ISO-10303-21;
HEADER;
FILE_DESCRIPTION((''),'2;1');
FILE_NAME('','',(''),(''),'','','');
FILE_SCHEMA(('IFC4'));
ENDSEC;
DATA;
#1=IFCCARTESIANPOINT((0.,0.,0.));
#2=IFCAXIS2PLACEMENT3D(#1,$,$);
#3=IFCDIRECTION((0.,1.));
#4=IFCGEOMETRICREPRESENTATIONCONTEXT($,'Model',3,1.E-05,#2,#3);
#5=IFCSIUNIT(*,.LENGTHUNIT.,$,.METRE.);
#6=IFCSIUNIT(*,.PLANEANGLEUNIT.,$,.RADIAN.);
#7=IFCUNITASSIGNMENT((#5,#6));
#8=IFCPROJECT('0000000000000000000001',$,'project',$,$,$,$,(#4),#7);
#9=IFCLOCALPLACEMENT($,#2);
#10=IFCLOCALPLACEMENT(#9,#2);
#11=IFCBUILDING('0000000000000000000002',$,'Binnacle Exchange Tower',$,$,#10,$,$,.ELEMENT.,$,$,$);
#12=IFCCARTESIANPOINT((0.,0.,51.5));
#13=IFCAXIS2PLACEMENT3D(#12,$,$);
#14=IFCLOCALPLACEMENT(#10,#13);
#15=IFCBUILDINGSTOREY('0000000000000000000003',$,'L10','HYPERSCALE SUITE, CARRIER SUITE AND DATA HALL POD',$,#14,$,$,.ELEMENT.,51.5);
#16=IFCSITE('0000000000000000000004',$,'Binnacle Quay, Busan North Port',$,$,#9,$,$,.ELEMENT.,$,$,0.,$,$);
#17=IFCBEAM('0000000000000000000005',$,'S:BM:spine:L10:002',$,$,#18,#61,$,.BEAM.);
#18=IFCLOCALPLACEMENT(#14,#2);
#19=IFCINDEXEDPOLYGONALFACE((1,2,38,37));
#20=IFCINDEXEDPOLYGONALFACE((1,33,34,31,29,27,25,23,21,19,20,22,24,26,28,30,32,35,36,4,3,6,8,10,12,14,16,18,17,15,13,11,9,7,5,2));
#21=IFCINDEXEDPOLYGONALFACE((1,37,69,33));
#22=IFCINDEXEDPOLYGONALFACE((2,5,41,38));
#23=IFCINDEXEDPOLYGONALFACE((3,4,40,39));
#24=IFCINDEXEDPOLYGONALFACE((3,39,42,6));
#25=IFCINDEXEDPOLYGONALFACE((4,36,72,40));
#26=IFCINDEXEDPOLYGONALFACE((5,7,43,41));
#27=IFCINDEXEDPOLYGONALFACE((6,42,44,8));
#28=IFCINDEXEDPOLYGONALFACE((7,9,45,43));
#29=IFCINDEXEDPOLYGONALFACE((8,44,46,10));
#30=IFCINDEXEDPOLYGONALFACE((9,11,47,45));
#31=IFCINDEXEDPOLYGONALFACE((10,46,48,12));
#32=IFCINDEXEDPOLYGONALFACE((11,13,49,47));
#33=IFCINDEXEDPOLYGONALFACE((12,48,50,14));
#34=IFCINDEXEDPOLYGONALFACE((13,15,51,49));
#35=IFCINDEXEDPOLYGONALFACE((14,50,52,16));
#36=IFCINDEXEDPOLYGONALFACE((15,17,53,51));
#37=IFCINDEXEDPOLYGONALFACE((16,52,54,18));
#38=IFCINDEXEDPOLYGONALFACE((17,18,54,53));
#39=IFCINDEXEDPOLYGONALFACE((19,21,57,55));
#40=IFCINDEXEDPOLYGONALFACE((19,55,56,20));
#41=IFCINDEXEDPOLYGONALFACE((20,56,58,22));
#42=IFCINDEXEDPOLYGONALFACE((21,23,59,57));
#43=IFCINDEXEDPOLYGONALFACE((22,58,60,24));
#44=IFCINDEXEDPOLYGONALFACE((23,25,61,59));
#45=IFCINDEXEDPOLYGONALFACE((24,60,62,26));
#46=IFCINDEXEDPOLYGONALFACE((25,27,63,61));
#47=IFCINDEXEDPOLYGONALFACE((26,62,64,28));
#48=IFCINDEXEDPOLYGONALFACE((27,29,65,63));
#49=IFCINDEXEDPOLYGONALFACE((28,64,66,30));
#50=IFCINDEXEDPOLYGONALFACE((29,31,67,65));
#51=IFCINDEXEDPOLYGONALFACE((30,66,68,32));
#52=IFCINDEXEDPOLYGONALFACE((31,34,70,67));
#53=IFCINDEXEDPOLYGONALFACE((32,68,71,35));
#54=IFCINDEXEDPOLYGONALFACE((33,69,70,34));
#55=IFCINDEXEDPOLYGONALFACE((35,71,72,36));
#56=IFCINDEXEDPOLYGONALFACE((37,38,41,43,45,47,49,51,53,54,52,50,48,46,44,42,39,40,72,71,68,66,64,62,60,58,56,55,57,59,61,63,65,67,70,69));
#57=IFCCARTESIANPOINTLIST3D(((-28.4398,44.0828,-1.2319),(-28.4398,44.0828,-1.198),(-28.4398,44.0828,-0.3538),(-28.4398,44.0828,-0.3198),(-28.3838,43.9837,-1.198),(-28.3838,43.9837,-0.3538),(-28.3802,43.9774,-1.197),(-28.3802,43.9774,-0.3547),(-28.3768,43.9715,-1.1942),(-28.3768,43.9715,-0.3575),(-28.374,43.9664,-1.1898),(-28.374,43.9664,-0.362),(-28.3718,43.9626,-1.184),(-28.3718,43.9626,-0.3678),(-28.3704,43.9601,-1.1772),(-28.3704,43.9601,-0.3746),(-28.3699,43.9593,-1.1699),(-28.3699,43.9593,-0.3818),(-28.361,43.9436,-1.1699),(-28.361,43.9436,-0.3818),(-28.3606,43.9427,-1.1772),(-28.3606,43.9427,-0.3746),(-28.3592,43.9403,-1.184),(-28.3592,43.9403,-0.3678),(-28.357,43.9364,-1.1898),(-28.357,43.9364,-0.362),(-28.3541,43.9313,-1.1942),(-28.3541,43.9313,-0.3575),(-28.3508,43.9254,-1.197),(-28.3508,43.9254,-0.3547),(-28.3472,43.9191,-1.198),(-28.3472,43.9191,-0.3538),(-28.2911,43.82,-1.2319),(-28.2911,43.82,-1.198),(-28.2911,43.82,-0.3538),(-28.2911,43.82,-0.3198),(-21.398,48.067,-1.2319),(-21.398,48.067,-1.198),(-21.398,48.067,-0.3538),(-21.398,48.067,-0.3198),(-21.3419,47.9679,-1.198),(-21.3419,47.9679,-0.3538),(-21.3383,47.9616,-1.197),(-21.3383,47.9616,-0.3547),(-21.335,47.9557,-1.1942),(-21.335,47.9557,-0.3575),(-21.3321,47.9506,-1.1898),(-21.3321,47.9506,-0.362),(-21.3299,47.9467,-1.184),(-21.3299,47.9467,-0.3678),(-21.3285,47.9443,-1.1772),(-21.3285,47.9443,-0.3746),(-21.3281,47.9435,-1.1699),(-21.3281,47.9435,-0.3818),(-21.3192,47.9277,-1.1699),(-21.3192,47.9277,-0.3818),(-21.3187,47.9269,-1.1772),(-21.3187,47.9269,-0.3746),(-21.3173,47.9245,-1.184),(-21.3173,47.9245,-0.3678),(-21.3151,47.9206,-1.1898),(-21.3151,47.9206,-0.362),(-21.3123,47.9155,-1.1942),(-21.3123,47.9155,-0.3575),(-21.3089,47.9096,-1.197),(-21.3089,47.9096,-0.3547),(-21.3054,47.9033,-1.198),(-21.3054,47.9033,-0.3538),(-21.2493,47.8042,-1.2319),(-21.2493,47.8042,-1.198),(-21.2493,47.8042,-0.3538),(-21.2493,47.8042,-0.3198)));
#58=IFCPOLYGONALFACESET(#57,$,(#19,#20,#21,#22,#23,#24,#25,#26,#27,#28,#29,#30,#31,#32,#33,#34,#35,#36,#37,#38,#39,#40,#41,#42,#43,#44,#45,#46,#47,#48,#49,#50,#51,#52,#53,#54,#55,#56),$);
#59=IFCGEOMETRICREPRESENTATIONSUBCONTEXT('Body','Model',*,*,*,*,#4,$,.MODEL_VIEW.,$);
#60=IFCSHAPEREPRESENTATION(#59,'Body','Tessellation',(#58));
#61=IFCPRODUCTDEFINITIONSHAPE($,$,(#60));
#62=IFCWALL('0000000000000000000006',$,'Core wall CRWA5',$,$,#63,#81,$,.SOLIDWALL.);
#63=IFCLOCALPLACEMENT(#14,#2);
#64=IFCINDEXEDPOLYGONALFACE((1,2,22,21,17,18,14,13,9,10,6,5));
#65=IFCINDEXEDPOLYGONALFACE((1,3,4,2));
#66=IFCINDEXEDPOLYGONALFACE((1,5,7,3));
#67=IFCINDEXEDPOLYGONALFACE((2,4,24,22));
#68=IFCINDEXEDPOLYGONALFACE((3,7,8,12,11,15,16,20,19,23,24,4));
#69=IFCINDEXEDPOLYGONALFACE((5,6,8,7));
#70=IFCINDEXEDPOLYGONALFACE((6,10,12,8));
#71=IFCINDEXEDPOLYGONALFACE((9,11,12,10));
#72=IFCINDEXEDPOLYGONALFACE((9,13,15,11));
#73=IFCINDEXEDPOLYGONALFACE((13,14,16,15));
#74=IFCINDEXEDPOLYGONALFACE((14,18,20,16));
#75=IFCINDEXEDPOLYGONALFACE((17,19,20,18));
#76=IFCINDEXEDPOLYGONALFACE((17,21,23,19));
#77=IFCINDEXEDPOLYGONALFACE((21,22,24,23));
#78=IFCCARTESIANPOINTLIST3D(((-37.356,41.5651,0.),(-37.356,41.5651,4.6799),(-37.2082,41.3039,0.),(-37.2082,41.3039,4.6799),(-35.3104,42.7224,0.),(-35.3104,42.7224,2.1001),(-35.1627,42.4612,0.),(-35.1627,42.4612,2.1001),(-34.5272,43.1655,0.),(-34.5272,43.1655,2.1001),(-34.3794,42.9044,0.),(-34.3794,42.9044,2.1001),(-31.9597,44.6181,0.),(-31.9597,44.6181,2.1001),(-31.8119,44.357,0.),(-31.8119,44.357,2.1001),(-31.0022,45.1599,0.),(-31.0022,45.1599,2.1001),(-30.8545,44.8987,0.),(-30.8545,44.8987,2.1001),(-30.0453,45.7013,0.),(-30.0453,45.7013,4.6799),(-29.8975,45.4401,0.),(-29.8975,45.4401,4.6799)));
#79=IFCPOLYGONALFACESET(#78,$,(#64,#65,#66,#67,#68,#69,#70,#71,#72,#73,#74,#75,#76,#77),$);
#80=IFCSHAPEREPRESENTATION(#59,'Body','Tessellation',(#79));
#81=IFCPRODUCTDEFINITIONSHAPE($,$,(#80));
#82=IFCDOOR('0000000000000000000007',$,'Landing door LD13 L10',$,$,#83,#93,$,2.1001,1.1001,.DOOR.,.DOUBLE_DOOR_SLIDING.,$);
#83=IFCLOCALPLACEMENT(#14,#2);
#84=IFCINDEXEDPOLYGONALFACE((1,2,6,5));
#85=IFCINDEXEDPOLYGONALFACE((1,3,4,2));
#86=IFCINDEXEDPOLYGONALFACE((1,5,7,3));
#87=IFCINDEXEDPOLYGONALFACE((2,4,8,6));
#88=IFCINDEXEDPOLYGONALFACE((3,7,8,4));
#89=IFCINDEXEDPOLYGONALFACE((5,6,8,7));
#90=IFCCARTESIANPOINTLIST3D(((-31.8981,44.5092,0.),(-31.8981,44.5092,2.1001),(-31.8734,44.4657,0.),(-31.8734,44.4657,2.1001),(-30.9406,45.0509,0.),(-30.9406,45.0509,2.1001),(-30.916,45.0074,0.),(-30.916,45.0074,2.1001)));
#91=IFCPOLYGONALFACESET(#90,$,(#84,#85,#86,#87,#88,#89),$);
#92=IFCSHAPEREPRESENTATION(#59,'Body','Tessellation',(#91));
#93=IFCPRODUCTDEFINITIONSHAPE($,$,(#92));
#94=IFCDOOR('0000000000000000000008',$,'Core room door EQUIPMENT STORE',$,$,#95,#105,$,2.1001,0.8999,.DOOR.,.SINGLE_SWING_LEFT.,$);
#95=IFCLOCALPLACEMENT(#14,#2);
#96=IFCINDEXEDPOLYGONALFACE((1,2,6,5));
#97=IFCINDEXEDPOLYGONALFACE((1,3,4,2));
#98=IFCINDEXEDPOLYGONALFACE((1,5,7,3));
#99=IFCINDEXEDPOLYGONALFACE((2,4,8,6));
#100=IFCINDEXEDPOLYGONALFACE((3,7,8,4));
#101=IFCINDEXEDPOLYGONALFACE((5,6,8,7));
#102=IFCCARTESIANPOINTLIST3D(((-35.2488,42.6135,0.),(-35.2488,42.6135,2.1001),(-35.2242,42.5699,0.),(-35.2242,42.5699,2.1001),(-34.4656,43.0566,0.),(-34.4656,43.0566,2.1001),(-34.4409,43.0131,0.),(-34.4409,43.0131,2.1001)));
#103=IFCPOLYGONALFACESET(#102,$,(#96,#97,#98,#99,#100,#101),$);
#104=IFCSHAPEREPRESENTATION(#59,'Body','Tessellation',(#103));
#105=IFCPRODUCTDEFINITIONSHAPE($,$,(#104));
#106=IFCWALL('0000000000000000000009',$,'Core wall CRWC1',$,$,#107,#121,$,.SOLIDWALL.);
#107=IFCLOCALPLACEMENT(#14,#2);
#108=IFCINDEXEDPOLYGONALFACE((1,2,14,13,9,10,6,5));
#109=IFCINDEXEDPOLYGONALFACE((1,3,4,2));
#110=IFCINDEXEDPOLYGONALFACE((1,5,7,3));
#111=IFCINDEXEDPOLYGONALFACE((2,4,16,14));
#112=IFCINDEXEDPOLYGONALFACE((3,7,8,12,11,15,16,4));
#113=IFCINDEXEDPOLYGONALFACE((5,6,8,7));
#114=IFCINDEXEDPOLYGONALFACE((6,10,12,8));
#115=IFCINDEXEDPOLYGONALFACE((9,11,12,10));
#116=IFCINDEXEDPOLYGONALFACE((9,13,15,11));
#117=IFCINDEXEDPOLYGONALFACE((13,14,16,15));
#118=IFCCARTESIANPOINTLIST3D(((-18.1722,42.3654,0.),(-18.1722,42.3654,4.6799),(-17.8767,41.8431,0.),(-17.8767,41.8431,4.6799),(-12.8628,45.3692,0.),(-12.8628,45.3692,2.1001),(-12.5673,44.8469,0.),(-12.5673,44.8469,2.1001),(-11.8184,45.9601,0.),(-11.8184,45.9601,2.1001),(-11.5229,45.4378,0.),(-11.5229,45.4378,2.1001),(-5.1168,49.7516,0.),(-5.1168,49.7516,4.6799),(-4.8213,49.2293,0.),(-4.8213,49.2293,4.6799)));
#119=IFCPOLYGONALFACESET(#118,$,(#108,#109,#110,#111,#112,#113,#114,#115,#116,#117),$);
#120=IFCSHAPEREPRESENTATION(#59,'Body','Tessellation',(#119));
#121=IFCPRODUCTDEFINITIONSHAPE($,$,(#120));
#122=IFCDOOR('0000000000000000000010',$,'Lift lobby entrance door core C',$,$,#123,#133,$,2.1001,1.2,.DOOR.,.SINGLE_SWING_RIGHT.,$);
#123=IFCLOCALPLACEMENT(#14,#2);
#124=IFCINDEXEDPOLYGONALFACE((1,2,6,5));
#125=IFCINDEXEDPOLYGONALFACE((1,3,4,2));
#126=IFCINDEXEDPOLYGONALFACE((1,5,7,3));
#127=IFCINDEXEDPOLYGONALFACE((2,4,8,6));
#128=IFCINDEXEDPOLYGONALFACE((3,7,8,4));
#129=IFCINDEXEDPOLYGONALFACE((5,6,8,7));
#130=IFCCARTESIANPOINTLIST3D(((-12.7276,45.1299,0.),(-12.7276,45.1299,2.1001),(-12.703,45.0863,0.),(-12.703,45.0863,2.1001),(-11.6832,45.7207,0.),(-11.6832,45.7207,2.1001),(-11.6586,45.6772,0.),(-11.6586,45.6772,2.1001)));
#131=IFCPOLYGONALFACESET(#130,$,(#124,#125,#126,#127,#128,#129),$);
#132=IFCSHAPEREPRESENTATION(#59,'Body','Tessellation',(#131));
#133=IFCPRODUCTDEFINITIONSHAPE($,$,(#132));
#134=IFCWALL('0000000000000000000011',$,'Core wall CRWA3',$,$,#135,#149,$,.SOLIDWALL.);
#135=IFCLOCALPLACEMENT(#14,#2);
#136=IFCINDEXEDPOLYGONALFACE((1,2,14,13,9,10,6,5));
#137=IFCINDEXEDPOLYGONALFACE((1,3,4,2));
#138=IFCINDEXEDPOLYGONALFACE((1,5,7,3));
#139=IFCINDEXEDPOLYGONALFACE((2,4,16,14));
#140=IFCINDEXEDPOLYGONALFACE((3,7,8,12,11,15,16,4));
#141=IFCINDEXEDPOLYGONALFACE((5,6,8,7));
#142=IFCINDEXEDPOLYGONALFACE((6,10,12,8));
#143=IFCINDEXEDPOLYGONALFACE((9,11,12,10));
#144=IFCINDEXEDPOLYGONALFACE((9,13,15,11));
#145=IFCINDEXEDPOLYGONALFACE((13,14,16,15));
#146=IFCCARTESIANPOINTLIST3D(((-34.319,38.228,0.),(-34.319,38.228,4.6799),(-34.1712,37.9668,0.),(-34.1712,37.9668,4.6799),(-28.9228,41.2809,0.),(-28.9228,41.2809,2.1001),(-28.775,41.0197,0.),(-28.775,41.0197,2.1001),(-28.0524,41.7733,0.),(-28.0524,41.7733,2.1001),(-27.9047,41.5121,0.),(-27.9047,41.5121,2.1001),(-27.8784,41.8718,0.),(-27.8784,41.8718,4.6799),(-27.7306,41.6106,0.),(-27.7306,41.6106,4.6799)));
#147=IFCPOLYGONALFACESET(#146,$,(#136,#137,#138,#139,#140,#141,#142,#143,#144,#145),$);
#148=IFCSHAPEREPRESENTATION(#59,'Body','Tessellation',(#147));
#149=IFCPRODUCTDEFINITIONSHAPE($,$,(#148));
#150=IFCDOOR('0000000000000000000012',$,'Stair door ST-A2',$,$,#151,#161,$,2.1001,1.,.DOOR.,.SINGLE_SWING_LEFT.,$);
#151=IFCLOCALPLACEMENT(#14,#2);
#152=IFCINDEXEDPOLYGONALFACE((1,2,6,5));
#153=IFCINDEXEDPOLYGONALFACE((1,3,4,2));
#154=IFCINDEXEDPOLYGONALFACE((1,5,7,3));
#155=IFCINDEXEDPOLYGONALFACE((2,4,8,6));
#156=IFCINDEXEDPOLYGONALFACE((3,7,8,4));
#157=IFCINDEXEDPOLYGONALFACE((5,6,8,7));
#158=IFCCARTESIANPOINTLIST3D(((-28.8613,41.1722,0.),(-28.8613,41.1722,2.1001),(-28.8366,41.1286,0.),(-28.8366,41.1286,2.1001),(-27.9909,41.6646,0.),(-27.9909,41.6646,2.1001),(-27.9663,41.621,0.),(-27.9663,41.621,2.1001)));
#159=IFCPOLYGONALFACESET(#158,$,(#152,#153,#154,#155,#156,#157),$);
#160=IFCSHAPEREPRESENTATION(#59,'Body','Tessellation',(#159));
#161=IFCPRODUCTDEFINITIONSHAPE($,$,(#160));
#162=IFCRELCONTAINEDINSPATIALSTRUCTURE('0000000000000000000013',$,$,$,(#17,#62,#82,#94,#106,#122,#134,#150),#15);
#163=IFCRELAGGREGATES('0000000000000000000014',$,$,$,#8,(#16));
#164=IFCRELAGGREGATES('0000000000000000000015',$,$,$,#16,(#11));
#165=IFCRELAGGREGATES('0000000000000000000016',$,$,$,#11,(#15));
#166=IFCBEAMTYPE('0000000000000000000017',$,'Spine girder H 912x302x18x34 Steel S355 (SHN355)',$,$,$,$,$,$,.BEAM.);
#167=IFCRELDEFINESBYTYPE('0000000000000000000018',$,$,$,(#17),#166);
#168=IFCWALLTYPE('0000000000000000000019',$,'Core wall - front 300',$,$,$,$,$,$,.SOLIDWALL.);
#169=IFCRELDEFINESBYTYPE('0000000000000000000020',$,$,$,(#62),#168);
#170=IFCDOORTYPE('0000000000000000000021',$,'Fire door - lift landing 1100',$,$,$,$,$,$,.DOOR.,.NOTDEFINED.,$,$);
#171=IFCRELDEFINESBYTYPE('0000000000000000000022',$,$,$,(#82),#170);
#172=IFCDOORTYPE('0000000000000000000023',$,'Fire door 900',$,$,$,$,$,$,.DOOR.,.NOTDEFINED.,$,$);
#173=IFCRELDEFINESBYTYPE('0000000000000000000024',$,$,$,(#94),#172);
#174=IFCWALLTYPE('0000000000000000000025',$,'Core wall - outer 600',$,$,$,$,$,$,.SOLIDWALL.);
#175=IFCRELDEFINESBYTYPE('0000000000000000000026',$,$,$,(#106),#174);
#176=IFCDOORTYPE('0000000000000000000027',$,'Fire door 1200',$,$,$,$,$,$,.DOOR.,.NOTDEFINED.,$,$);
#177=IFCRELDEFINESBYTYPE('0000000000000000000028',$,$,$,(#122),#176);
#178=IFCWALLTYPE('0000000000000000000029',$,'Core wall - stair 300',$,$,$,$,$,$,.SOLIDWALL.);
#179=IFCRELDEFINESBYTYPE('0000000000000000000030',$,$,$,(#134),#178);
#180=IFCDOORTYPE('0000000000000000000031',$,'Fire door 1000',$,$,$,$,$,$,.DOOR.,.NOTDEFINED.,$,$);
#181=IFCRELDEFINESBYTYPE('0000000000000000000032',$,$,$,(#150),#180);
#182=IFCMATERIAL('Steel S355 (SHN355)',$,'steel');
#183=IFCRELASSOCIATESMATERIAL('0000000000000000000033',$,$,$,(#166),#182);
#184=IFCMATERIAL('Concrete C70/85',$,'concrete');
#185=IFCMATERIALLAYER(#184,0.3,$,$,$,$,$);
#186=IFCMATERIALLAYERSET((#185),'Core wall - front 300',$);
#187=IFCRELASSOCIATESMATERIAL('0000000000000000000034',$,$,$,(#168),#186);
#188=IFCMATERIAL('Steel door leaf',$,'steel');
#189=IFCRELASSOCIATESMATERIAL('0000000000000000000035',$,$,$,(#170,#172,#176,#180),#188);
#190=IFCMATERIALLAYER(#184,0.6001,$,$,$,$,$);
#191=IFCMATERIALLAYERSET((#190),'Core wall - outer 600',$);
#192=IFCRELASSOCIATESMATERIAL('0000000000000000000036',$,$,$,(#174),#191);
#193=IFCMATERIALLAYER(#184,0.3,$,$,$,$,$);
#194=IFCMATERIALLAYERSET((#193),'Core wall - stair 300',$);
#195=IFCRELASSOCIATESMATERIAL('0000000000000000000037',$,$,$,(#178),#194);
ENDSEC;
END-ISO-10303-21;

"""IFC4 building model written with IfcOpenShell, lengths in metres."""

from ifc_helpers import new_model, si_unit, direction, frame, frame_2d, origin, origin_2d, place, context, subcontext, project, spatial, rectangle, i_section, extrude, material, layer, layer_set, material_profile, profile_set, type_object, element, fill, save


model = new_model("IFC4")

# Units and contexts
model_context = context("Model", 3, precision=1e-05, world=origin(), true_north=direction((0.0, 1.0)))
body_context = subcontext(model_context, "Body", "Model", "MODEL_VIEW")
ifc_project = project(units=[si_unit("LENGTHUNIT", "METRE"), si_unit("PLANEANGLEUNIT", "RADIAN")], contexts=[model_context])

# Site, building, storey
site_placement = place(None, origin())
site = spatial("IfcSite", under=ifc_project, at=site_placement, Name="Binnacle Quay, Busan North Port", CompositionType="ELEMENT", RefElevation=0.0)
building_placement = place(site_placement, origin())
building = spatial("IfcBuilding", under=site, at=building_placement, Name="Binnacle Exchange Tower", CompositionType="ELEMENT")
storey_placement = place(building_placement, frame((0.0, 0.0, 51.5)))
storey = spatial("IfcBuildingStorey", under=building, at=storey_placement, Name="L10", Description="HYPERSCALE SUITE, CARRIER SUITE AND DATA HALL POD", CompositionType="ELEMENT", Elevation=51.5)

# Shared definitions
ifc_material_1 = material(Name="Concrete C70/85", Category="concrete")

# Beam
ifc_material_2 = material(Name="Steel S355 (SHN355)", Category="steel")
ifc_material_profile_1 = material_profile(ifc_material_2, i_section(OverallWidth=0.302, OverallDepth=0.9121, WebThickness=0.0181, FlangeThickness=0.0339, FilletRadius=0.0281, at=origin_2d()), Name="H 912x302x18x34")
ifc_profile_set_1 = profile_set([ifc_material_profile_1], Name="Steel S355 (SHN355)")
beam_type_1 = type_object("IfcBeamType", Name="Spine girder H 912x302x18x34 Steel S355 (SHN355)", PredefinedType="BEAM", material=ifc_profile_set_1)
beam_1_placement = place(storey_placement, frame((-28.3655, 43.9514, -0.7759), z_axis=(0.87035, 0.492433, 0.0), x_axis=(-0.492433, 0.87035, 0.0)))
element("IfcBeam", 1, at=beam_1_placement, inside=storey, type_object=beam_type_1, Name="S:BM:spine:L10:002", PredefinedType="BEAM", context=body_context, shape_type="SweptSolid", body=[
    extrude(i_section(OverallWidth=0.302, OverallDepth=0.9121, WebThickness=0.0181, FlangeThickness=0.0339, FilletRadius=0.0281, at=origin_2d()), origin(), (0.0, 0.0, 1.0), 8.0908),
])

# Wall, openings, doors
ifc_layer_1 = layer(ifc_material_1, 0.3)
ifc_layer_set_1 = layer_set([ifc_layer_1], Name="Core wall - front 300")
wall_type_1 = type_object("IfcWallType", Name="Core wall - front 300", PredefinedType="SOLIDWALL", material=ifc_layer_set_1)
wall_1_placement = place(storey_placement, frame((-37.282, 41.4346, 0.0), z_axis=(0.0, 0.0, 1.0), x_axis=(0.870357, 0.492422, 0.0)))
wall_1 = element("IfcWall", 2, at=wall_1_placement, inside=storey, type_object=wall_type_1, Name="Core wall CRWA5", PredefinedType="SOLIDWALL", context=body_context, shape_type="SweptSolid", body=[
    extrude(rectangle(XDim=8.3997, YDim=0.3, at=frame_2d((4.1997, 0.0))), origin(), (0.0, 0.0, 1.0), 4.6799),
])
opening_1_placement = place(wall_1_placement, frame((6.2, 0.0, 0.0)))
opening_1 = element("IfcOpeningElement", 3, at=opening_1_placement, cuts=wall_1, PredefinedType="OPENING", context=body_context, shape_type="SweptSolid", body=[
    extrude(rectangle(XDim=1.1001, YDim=2.1001, at=frame_2d((0.55, 1.05))), frame((0.0, 0.1599, 0.0), z_axis=(0.0, -1.0, 0.0), x_axis=(1.0, 0.0, 0.0)), (0.0, 0.0, 1.0), 0.3201),
])
opening_2_placement = place(wall_1_placement, frame((2.3501, 0.0, 0.0)))
opening_2 = element("IfcOpeningElement", 4, at=opening_2_placement, cuts=wall_1, PredefinedType="OPENING", context=body_context, shape_type="SweptSolid", body=[
    extrude(rectangle(XDim=0.8999, YDim=2.1001, at=frame_2d((0.45, 1.05))), frame((0.0, 0.1599, 0.0), z_axis=(0.0, -1.0, 0.0), x_axis=(1.0, 0.0, 0.0)), (0.0, 0.0, 1.0), 0.3201),
])
ifc_material_3 = material(Name="Steel door leaf", Category="steel")
door_type_1 = type_object("IfcDoorType", Name="Fire door - lift landing 1100", OperationType="NOTDEFINED", PredefinedType="DOOR", material=ifc_material_3)
door_1_placement = place(opening_1_placement, origin())
door_1 = element("IfcDoor", 5, at=door_1_placement, inside=storey, type_object=door_type_1, Name="Landing door LD13 L10", OperationType="DOUBLE_DOOR_SLIDING", OverallHeight=2.1001, OverallWidth=1.1001, PredefinedType="DOOR", context=body_context, shape_type="SweptSolid", body=[
    extrude(rectangle(XDim=1.1001, YDim=2.1001, at=frame_2d((0.55, 1.05))), frame((0.0, 0.0249, 0.0), z_axis=(0.0, -1.0, 0.0), x_axis=(1.0, 0.0, 0.0)), (0.0, 0.0, 1.0), 0.05),
])
fill(opening_1, door_1)
door_type_2 = type_object("IfcDoorType", Name="Fire door 900", OperationType="NOTDEFINED", PredefinedType="DOOR", material=ifc_material_3)
door_2_placement = place(opening_2_placement, origin())
door_2 = element("IfcDoor", 6, at=door_2_placement, inside=storey, type_object=door_type_2, Name="Core room door EQUIPMENT STORE", OperationType="SINGLE_SWING_LEFT", OverallHeight=2.1001, OverallWidth=0.8999, PredefinedType="DOOR", context=body_context, shape_type="SweptSolid", body=[
    extrude(rectangle(XDim=0.8999, YDim=2.1001, at=frame_2d((0.45, 1.05))), frame((0.0, 0.0249, 0.0), z_axis=(0.0, -1.0, 0.0), x_axis=(1.0, 0.0, 0.0)), (0.0, 0.0, 1.0), 0.05),
])
fill(opening_2, door_2)

# Walls, openings, doors
ifc_layer_2 = layer(ifc_material_1, 0.6001)
ifc_layer_set_2 = layer_set([ifc_layer_2], Name="Core wall - outer 600")
wall_type_2 = type_object("IfcWallType", Name="Core wall - outer 600", PredefinedType="SOLIDWALL", material=ifc_layer_set_2)
wall_2_placement = place(storey_placement, frame((-18.0244, 42.1042, 0.0), z_axis=(0.0, 0.0, 1.0), x_axis=(0.870361, 0.492415, 0.0)))
wall_2 = element("IfcWall", 7, at=wall_2_placement, inside=storey, type_object=wall_type_2, Name="Core wall CRWC1", PredefinedType="SOLIDWALL", context=body_context, shape_type="SweptSolid", body=[
    extrude(rectangle(XDim=15.0, YDim=0.6001, at=frame_2d((7.5, 0.0))), origin(), (0.0, 0.0, 1.0), 4.6799),
])
opening_3_placement = place(wall_2_placement, frame((6.1001, 0.0, 0.0)))
opening_3 = element("IfcOpeningElement", 8, at=opening_3_placement, cuts=wall_2, PredefinedType="OPENING", context=body_context, shape_type="SweptSolid", body=[
    extrude(rectangle(XDim=1.2, YDim=2.1001, at=frame_2d((0.6001, 1.05))), frame((0.0, 0.3101, 0.0), z_axis=(0.0, -1.0, 0.0), x_axis=(1.0, 0.0, 0.0)), (0.0, 0.0, 1.0), 0.6201),
])
door_type_3 = type_object("IfcDoorType", Name="Fire door 1200", OperationType="NOTDEFINED", PredefinedType="DOOR", material=ifc_material_3)
door_3_placement = place(opening_3_placement, frame((1.2, 0.0, 0.0), z_axis=(0.0, 0.0, 1.0), x_axis=(-1.0, 0.0, 0.0)))
door_3 = element("IfcDoor", 9, at=door_3_placement, inside=storey, type_object=door_type_3, Name="Lift lobby entrance door core C", OperationType="SINGLE_SWING_RIGHT", OverallHeight=2.1001, OverallWidth=1.2, PredefinedType="DOOR", context=body_context, shape_type="SweptSolid", body=[
    extrude(rectangle(XDim=1.2, YDim=2.1001, at=frame_2d((0.6001, 1.05))), frame((0.0, 0.0249, 0.0), z_axis=(0.0, -1.0, 0.0), x_axis=(1.0, 0.0, 0.0)), (0.0, 0.0, 1.0), 0.05),
])
fill(opening_3, door_3)
ifc_layer_3 = layer(ifc_material_1, 0.3)
ifc_layer_set_3 = layer_set([ifc_layer_3], Name="Core wall - stair 300")
wall_type_3 = type_object("IfcWallType", Name="Core wall - stair 300", PredefinedType="SOLIDWALL", material=ifc_layer_set_3)
wall_3_placement = place(storey_placement, frame((-34.2451, 38.0974, 0.0), z_axis=(0.0, 0.0, 1.0), x_axis=(0.870365, 0.492407, 0.0)))
wall_3 = element("IfcWall", 10, at=wall_3_placement, inside=storey, type_object=wall_type_3, Name="Core wall CRWA3", PredefinedType="SOLIDWALL", context=body_context, shape_type="SweptSolid", body=[
    extrude(rectangle(XDim=7.3999, YDim=0.3, at=frame_2d((3.7, 0.0))), origin(), (0.0, 0.0, 1.0), 4.6799),
])
opening_4_placement = place(wall_3_placement, frame((6.2, 0.0, 0.0)))
opening_4 = element("IfcOpeningElement", 11, at=opening_4_placement, cuts=wall_3, PredefinedType="OPENING", context=body_context, shape_type="SweptSolid", body=[
    extrude(rectangle(XDim=1.0, YDim=2.1001, at=frame_2d((0.5, 1.05))), frame((0.0, 0.1599, 0.0), z_axis=(0.0, -1.0, 0.0), x_axis=(1.0, 0.0, 0.0)), (0.0, 0.0, 1.0), 0.3201),
])
door_type_4 = type_object("IfcDoorType", Name="Fire door 1000", OperationType="NOTDEFINED", PredefinedType="DOOR", material=ifc_material_3)
door_4_placement = place(opening_4_placement, frame((1.0, 0.0, 0.0), z_axis=(0.0, 0.0, 1.0), x_axis=(-1.0, 0.0, 0.0)))
door_4 = element("IfcDoor", 12, at=door_4_placement, inside=storey, type_object=door_type_4, Name="Stair door ST-A2", OperationType="SINGLE_SWING_LEFT", OverallHeight=2.1001, OverallWidth=1.0, PredefinedType="DOOR", context=body_context, shape_type="SweptSolid", body=[
    extrude(rectangle(XDim=1.0, YDim=2.1001, at=frame_2d((0.5, 1.05))), frame((0.0, 0.0249, 0.0), z_axis=(0.0, -1.0, 0.0), x_axis=(1.0, 0.0, 0.0)), (0.0, 0.0, 1.0), 0.05),
])
fill(opening_4, door_4)

save(model, "model.ifc")
